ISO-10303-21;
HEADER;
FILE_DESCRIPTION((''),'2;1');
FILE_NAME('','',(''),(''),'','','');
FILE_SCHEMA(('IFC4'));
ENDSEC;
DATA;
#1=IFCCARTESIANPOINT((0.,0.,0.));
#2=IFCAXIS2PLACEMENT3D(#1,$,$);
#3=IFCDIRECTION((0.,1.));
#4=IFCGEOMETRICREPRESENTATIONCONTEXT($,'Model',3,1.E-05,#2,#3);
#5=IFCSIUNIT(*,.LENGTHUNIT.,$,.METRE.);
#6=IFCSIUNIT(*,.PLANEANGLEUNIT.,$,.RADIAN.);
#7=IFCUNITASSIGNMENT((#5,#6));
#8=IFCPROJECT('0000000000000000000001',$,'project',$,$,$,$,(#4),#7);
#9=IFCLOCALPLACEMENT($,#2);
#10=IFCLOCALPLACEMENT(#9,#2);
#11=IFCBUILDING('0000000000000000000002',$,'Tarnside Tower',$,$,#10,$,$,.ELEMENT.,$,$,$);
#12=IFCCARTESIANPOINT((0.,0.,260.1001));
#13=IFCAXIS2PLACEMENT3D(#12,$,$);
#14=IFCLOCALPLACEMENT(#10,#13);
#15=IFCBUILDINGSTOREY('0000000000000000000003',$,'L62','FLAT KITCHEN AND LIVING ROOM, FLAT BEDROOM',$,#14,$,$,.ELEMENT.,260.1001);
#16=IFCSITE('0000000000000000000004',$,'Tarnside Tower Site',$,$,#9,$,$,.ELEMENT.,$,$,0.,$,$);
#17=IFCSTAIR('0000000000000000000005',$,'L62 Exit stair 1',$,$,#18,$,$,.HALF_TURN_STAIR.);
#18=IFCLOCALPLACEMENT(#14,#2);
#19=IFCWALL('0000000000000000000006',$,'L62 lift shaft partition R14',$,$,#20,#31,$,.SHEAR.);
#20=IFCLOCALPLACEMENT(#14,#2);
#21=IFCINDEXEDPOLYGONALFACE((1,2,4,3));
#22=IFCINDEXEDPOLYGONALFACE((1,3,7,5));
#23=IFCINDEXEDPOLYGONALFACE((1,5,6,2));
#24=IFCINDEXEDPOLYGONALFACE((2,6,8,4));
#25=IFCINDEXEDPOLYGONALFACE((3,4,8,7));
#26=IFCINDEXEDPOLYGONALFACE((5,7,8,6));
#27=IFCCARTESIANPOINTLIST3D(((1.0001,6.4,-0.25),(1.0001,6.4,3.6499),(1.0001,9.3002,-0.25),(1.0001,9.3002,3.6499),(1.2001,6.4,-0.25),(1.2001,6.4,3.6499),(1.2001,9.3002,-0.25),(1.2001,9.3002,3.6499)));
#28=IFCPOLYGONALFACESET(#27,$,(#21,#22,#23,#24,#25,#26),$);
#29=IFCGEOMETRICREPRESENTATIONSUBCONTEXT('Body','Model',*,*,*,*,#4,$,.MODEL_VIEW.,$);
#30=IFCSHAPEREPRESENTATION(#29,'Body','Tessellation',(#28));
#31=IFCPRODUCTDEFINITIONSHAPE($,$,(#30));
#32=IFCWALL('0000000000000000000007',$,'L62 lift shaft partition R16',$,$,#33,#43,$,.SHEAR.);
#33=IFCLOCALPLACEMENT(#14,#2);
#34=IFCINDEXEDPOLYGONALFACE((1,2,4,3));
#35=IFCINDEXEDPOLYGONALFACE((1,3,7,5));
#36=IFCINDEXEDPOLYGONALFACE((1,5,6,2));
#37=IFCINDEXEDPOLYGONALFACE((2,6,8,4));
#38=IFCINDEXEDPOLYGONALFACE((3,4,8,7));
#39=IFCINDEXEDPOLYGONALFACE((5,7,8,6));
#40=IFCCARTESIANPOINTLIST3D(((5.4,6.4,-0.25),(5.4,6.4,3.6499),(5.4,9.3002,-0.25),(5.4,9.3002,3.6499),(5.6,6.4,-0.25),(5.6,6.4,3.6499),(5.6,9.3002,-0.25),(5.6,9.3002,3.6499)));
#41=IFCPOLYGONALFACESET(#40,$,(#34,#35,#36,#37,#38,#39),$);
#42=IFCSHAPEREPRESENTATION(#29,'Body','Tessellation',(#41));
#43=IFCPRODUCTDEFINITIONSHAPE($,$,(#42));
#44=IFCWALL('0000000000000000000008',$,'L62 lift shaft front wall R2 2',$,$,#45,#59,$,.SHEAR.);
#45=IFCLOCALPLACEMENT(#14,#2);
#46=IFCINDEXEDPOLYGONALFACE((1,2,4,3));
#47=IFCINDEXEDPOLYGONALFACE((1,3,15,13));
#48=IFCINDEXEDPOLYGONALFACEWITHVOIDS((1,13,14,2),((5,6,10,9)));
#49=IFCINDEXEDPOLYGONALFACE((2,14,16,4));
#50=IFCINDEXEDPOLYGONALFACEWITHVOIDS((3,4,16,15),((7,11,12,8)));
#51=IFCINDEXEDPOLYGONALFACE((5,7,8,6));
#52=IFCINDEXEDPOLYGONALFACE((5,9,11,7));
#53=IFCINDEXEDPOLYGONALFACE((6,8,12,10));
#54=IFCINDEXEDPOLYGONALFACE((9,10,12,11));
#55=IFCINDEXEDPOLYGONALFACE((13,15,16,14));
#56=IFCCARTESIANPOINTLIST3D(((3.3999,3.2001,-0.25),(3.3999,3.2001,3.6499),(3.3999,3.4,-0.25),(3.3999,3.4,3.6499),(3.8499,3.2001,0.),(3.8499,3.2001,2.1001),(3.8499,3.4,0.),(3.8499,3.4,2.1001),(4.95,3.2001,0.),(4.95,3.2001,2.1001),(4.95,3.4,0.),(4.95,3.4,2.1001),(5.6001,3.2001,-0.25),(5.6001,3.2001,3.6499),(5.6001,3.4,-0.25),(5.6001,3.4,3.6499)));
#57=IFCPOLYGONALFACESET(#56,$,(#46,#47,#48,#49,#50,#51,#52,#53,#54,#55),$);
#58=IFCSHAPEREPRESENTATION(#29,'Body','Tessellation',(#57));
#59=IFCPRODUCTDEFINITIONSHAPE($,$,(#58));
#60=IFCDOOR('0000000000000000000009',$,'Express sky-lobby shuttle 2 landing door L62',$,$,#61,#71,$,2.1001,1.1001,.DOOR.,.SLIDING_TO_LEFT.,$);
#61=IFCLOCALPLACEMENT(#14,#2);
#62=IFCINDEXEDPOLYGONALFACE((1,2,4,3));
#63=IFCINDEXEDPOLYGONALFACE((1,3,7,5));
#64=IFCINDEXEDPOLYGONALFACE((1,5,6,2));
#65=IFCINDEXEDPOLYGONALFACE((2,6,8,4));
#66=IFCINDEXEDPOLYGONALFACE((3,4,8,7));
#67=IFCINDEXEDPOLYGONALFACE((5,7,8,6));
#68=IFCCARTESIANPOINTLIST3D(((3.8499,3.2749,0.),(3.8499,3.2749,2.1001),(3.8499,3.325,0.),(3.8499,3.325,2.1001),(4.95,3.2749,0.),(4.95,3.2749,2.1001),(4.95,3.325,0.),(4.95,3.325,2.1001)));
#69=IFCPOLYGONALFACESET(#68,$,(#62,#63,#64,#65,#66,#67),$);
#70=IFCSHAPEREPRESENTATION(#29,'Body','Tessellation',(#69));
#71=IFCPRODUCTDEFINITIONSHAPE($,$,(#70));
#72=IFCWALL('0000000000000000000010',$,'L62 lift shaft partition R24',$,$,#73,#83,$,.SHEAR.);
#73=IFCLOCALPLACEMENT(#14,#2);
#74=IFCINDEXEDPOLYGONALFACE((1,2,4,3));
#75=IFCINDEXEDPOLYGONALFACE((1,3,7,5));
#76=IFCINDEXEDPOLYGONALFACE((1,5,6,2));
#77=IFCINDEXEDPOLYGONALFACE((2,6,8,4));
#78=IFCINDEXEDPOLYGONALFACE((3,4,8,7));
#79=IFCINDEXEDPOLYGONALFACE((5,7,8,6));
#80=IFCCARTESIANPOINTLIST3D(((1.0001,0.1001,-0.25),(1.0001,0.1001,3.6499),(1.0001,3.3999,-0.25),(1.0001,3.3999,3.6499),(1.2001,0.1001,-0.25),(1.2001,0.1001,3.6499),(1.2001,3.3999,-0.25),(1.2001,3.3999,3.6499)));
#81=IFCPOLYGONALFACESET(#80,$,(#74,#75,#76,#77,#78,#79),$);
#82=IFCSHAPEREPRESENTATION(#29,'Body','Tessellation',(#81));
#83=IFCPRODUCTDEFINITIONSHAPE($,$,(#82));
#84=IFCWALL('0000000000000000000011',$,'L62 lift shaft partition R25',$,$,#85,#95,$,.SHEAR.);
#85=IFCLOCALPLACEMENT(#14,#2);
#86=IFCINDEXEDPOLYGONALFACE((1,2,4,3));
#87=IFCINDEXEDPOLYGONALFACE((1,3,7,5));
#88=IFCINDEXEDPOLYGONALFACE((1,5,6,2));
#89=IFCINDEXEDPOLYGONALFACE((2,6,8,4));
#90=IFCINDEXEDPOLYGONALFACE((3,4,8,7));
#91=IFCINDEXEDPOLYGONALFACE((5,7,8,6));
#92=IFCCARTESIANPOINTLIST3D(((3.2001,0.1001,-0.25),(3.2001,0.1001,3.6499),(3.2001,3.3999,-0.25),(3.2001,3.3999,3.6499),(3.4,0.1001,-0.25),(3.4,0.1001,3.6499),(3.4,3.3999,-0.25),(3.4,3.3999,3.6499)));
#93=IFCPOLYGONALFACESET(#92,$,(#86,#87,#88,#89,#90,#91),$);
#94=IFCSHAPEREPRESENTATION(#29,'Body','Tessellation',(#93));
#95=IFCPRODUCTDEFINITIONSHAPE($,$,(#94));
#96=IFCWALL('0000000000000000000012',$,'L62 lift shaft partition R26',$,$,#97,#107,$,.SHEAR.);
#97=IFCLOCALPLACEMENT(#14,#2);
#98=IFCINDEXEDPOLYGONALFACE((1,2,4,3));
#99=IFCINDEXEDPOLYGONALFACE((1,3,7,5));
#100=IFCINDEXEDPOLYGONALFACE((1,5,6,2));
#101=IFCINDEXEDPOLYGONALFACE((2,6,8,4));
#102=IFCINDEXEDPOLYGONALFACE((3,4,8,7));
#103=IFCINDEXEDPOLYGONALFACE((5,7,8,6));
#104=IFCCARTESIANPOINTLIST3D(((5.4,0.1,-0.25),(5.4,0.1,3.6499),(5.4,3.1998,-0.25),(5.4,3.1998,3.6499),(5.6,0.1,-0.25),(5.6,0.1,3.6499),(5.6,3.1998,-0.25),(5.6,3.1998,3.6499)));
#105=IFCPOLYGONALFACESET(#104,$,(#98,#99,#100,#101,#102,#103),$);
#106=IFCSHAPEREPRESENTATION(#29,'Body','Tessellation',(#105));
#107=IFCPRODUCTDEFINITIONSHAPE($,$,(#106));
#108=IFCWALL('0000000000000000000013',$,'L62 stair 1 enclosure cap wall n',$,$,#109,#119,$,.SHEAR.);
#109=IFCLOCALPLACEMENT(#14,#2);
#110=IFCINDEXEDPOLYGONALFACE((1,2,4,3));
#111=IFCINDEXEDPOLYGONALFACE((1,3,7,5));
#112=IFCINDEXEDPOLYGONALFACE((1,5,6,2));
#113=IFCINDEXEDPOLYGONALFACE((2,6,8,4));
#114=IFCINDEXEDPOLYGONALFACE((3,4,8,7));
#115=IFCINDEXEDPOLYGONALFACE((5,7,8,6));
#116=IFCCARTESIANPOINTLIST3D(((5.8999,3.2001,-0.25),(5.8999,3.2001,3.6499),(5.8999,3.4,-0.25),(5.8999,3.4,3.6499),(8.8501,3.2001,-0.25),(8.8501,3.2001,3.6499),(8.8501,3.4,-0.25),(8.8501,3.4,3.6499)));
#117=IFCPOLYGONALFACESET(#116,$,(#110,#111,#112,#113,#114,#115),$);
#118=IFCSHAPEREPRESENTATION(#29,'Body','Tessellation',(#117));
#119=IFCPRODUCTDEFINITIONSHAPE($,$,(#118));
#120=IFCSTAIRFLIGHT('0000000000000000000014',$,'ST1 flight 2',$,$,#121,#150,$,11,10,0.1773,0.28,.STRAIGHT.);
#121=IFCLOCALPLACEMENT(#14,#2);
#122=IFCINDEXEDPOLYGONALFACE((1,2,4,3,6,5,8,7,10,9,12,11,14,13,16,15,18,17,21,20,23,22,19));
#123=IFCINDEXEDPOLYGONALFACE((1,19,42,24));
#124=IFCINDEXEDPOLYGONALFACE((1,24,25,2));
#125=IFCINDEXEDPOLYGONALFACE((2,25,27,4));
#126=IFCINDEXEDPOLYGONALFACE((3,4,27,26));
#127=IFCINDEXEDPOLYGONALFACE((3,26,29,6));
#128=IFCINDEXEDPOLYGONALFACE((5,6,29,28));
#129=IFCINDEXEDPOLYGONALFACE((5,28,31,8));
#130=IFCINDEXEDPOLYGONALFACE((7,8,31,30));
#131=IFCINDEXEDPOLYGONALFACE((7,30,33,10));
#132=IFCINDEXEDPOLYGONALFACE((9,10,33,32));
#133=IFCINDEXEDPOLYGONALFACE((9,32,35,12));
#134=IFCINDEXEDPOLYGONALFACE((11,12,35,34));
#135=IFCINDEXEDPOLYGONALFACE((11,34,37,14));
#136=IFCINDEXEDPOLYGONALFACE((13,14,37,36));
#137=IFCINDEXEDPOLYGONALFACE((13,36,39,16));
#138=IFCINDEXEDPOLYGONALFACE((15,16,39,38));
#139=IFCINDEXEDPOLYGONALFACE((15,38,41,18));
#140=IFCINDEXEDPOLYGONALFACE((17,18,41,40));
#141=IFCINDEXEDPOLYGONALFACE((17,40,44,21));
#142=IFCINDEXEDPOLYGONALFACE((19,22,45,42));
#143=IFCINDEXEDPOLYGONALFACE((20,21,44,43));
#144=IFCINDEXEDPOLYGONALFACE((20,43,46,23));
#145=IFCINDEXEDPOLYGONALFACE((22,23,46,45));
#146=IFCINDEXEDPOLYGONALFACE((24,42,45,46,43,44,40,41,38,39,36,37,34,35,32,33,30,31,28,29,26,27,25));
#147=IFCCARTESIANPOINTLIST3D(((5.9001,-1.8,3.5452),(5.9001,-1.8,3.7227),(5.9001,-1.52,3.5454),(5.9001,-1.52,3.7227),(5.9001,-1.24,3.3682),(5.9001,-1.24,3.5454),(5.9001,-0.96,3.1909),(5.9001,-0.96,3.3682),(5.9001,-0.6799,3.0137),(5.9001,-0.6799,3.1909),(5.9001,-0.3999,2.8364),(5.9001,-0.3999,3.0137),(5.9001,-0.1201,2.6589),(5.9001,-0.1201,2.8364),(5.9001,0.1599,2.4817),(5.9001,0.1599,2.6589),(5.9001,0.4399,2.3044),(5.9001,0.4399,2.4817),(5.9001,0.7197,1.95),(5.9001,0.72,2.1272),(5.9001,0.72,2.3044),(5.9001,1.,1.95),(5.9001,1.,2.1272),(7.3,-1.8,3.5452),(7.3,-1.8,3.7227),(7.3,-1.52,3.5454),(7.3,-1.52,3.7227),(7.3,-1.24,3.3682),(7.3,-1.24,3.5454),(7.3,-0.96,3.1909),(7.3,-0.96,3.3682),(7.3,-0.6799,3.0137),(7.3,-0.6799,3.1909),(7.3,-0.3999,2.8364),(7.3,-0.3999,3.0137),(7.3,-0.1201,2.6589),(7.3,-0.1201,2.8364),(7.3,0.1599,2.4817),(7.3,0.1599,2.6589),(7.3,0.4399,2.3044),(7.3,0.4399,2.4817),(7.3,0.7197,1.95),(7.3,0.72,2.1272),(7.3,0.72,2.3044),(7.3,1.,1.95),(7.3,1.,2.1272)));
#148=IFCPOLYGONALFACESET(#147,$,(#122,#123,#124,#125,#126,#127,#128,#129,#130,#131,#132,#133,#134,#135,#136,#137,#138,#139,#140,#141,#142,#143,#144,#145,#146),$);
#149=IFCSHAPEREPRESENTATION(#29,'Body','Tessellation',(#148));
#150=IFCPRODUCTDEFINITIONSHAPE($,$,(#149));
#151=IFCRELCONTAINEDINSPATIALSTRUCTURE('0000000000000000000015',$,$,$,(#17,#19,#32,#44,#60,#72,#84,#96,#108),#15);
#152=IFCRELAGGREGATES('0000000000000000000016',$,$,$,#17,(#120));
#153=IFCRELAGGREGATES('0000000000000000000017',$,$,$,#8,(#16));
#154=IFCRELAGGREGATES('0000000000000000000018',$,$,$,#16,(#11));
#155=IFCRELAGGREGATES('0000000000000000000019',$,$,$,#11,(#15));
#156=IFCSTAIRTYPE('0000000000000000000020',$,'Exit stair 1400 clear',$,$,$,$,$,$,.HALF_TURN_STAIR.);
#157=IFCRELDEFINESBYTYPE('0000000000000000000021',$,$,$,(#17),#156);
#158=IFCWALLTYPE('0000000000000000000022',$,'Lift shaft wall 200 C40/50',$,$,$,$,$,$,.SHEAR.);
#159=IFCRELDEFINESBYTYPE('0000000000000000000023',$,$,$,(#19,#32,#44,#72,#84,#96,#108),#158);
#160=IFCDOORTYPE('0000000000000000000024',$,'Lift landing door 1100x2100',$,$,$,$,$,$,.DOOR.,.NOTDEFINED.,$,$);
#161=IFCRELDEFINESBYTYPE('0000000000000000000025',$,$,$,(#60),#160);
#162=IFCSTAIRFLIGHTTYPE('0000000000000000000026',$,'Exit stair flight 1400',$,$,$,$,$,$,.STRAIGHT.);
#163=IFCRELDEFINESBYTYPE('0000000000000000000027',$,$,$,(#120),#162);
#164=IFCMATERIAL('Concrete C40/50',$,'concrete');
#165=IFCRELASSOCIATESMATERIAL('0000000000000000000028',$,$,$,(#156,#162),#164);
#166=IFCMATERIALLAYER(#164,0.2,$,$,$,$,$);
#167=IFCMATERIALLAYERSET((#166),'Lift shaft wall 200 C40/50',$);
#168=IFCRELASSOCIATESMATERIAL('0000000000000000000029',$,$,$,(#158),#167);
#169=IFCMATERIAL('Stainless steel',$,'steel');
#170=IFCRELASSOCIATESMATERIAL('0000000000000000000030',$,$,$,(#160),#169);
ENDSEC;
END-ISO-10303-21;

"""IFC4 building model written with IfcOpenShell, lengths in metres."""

from ifc_helpers import new_model, si_unit, direction, frame, frame_2d, origin, place, context, subcontext, project, spatial, polyline, rectangle, outline, extrude, material, layer, layer_set, type_object, element, fill, aggregate, save


model = new_model("IFC4")

# Units and contexts
model_context = context("Model", 3, precision=1e-05, world=origin(), true_north=direction((0.0, 1.0)))
body_context = subcontext(model_context, "Body", "Model", "MODEL_VIEW")
ifc_project = project(units=[si_unit("LENGTHUNIT", "METRE"), si_unit("PLANEANGLEUNIT", "RADIAN")], contexts=[model_context])

# Site, building, storey
site_placement = place(None, origin())
site = spatial("IfcSite", under=ifc_project, at=site_placement, Name="Tarnside Tower Site", CompositionType="ELEMENT", RefElevation=0.0)
building_placement = place(site_placement, origin())
building = spatial("IfcBuilding", under=site, at=building_placement, Name="Tarnside Tower", CompositionType="ELEMENT")
storey_placement = place(building_placement, frame((0.0, 0.0, 260.1001)))
storey = spatial("IfcBuildingStorey", under=building, at=storey_placement, Name="L62", Description="FLAT KITCHEN AND LIVING ROOM, FLAT BEDROOM", CompositionType="ELEMENT", Elevation=260.1001)

# Shared definitions
ifc_material_1 = material(Name="Concrete C40/50", Category="concrete")

# Stair
stair_type = type_object("IfcStairType", Name="Exit stair 1400 clear", PredefinedType="HALF_TURN_STAIR", material=ifc_material_1)
stair_1_placement = place(storey_placement, origin())
stair_1 = element("IfcStair", 1, at=stair_1_placement, inside=storey, type_object=stair_type, Name="L62 Exit stair 1", PredefinedType="HALF_TURN_STAIR")

# Walls
ifc_layer_1 = layer(ifc_material_1, 0.2)
ifc_layer_set_1 = layer_set([ifc_layer_1], Name="Lift shaft wall 200 C40/50")
wall_type_1 = type_object("IfcWallType", Name="Lift shaft wall 200 C40/50", PredefinedType="SHEAR", material=ifc_layer_set_1)
for number, where, z_axis, x_axis, name in (
    (2, (1.1001, 6.3999, -0.25), (0.0, 0.0, 1.0), (0.0, 1.0, 0.0), "L62 lift shaft partition R14"),
    (3, (5.5, 6.3999, -0.25), (0.0, 0.0, 1.0), (0.0, 1.0, 0.0), "L62 lift shaft partition R16"),
):
    element("IfcWall", number, at=place(storey_placement, frame(where, z_axis=z_axis, x_axis=x_axis)), inside=storey, type_object=wall_type_1, Name=name, PredefinedType="SHEAR", context=body_context, shape_type="SweptSolid", body=[
        extrude(rectangle(XDim=2.9001, YDim=0.2, at=frame_2d((1.4502, 0.0))), origin(), (0.0, 0.0, 1.0), 3.8999),
    ])

# Wall, opening, door
wall_1_placement = place(storey_placement, frame((3.3999, 3.3, -0.25), z_axis=(0.0, 0.0, 1.0), x_axis=(1.0, 0.0, 0.0)))
wall_1 = element("IfcWall", 4, at=wall_1_placement, inside=storey, type_object=wall_type_1, Name="L62 lift shaft front wall R2 2", PredefinedType="SHEAR", context=body_context, shape_type="SweptSolid", body=[
    extrude(rectangle(XDim=2.2002, YDim=0.2, at=frame_2d((1.1001, 0.0))), origin(), (0.0, 0.0, 1.0), 3.8999),
])
opening_1_placement = place(wall_1_placement, frame((0.45, 0.0, 0.25)))
opening_1 = element("IfcOpeningElement", 5, at=opening_1_placement, cuts=wall_1, PredefinedType="OPENING", context=body_context, shape_type="SweptSolid", body=[
    extrude(rectangle(XDim=1.1001, YDim=2.1001, at=frame_2d((0.55, 1.05))), frame((0.0, 0.1099, 0.0), z_axis=(0.0, -1.0, 0.0), x_axis=(1.0, 0.0, 0.0)), (0.0, 0.0, 1.0), 0.22),
])
ifc_material_2 = material(Name="Stainless steel", Category="steel")
door_type_1 = type_object("IfcDoorType", Name="Lift landing door 1100x2100", OperationType="NOTDEFINED", PredefinedType="DOOR", material=ifc_material_2)
door_1_placement = place(opening_1_placement, origin())
door_1 = element("IfcDoor", 6, at=door_1_placement, inside=storey, type_object=door_type_1, Name="Express sky-lobby shuttle 2 landing door L62", OperationType="SLIDING_TO_LEFT", OverallHeight=2.1001, OverallWidth=1.1001, PredefinedType="DOOR", context=body_context, shape_type="SweptSolid", body=[
    extrude(rectangle(XDim=1.1001, YDim=2.1001, at=frame_2d((0.55, 1.05))), frame((0.0, 0.0249, 0.0), z_axis=(0.0, -1.0, 0.0), x_axis=(1.0, 0.0, 0.0)), (0.0, 0.0, 1.0), 0.05),
])
fill(opening_1, door_1)

# Walls
for number, where, z_axis, x_axis, name in (
    (7, (1.1001, 0.1001, -0.25), (0.0, 0.0, 1.0), (0.0, 1.0, 0.0), "L62 lift shaft partition R24"),
    (8, (3.3, 0.1001, -0.25), (0.0, 0.0, 1.0), (0.0, 1.0, 0.0), "L62 lift shaft partition R25"),
):
    element("IfcWall", number, at=place(storey_placement, frame(where, z_axis=z_axis, x_axis=x_axis)), inside=storey, type_object=wall_type_1, Name=name, PredefinedType="SHEAR", context=body_context, shape_type="SweptSolid", body=[
        extrude(rectangle(XDim=3.2998, YDim=0.2, at=frame_2d((1.6499, 0.0))), origin(), (0.0, 0.0, 1.0), 3.8999),
    ])
wall_2_placement = place(storey_placement, frame((5.5, 0.1001, -0.25), z_axis=(0.0, 0.0, 1.0), x_axis=(0.0, 1.0, 0.0)))
element("IfcWall", 9, at=wall_2_placement, inside=storey, type_object=wall_type_1, Name="L62 lift shaft partition R26", PredefinedType="SHEAR", context=body_context, shape_type="SweptSolid", body=[
    extrude(rectangle(XDim=3.0999, YDim=0.2, at=frame_2d((1.5498, 0.0))), origin(), (0.0, 0.0, 1.0), 3.8999),
])
wall_3_placement = place(storey_placement, frame((5.8999, 3.3, -0.25), z_axis=(0.0, 0.0, 1.0), x_axis=(1.0, 0.0, 0.0)))
element("IfcWall", 10, at=wall_3_placement, inside=storey, type_object=wall_type_1, Name="L62 stair 1 enclosure cap wall n", PredefinedType="SHEAR", context=body_context, shape_type="SweptSolid", body=[
    extrude(rectangle(XDim=2.9502, YDim=0.2, at=frame_2d((1.4751, 0.0))), origin(), (0.0, 0.0, 1.0), 3.8999),
])

# Stair flight
stair_flight_type = type_object("IfcStairFlightType", Name="Exit stair flight 1400", PredefinedType="STRAIGHT", material=ifc_material_1)
stair_flight_placement = place(storey_placement, frame((6.6001, 1.0, 1.95), z_axis=(0.0, 0.0, 1.0), x_axis=(0.0, -1.0, 0.0)))
stair_flight = element("IfcStairFlight", 11, at=stair_flight_placement, type_object=stair_flight_type, Name="ST1 flight 2", NumberOfRisers=11, NumberOfTreads=10, PredefinedType="STRAIGHT", RiserHeight=0.1773, TreadLength=0.28, context=body_context, shape_type="SweptSolid", body=[
    extrude(outline(polyline([(0.0, 0.0), (0.0, 0.1772), (0.28, 0.1772), (0.28, 0.3545), (0.5601, 0.3545), (0.5601, 0.5317), (0.8401, 0.5317), (0.8401, 0.709), (1.1201, 0.709), (1.1201, 0.8865), (1.3999, 0.8865), (1.3999, 1.0637), (1.6799, 1.0637), (1.6799, 1.241), (1.96, 1.241), (1.96, 1.4182), (2.24, 1.4182), (2.24, 1.5955), (2.52, 1.5955), (2.52, 1.7727), (2.8, 1.7727), (2.8, 1.95), (2.8, 1.5952), (0.2803, 0.0), (0.0, 0.0)])), frame((0.0, 0.7, 0.0), z_axis=(0.0, -1.0, 0.0), x_axis=(1.0, 0.0, 0.0)), (0.0, 0.0, 1.0), 1.3999),
])
aggregate(stair_1, [stair_flight])

save(model, "model.ifc")
